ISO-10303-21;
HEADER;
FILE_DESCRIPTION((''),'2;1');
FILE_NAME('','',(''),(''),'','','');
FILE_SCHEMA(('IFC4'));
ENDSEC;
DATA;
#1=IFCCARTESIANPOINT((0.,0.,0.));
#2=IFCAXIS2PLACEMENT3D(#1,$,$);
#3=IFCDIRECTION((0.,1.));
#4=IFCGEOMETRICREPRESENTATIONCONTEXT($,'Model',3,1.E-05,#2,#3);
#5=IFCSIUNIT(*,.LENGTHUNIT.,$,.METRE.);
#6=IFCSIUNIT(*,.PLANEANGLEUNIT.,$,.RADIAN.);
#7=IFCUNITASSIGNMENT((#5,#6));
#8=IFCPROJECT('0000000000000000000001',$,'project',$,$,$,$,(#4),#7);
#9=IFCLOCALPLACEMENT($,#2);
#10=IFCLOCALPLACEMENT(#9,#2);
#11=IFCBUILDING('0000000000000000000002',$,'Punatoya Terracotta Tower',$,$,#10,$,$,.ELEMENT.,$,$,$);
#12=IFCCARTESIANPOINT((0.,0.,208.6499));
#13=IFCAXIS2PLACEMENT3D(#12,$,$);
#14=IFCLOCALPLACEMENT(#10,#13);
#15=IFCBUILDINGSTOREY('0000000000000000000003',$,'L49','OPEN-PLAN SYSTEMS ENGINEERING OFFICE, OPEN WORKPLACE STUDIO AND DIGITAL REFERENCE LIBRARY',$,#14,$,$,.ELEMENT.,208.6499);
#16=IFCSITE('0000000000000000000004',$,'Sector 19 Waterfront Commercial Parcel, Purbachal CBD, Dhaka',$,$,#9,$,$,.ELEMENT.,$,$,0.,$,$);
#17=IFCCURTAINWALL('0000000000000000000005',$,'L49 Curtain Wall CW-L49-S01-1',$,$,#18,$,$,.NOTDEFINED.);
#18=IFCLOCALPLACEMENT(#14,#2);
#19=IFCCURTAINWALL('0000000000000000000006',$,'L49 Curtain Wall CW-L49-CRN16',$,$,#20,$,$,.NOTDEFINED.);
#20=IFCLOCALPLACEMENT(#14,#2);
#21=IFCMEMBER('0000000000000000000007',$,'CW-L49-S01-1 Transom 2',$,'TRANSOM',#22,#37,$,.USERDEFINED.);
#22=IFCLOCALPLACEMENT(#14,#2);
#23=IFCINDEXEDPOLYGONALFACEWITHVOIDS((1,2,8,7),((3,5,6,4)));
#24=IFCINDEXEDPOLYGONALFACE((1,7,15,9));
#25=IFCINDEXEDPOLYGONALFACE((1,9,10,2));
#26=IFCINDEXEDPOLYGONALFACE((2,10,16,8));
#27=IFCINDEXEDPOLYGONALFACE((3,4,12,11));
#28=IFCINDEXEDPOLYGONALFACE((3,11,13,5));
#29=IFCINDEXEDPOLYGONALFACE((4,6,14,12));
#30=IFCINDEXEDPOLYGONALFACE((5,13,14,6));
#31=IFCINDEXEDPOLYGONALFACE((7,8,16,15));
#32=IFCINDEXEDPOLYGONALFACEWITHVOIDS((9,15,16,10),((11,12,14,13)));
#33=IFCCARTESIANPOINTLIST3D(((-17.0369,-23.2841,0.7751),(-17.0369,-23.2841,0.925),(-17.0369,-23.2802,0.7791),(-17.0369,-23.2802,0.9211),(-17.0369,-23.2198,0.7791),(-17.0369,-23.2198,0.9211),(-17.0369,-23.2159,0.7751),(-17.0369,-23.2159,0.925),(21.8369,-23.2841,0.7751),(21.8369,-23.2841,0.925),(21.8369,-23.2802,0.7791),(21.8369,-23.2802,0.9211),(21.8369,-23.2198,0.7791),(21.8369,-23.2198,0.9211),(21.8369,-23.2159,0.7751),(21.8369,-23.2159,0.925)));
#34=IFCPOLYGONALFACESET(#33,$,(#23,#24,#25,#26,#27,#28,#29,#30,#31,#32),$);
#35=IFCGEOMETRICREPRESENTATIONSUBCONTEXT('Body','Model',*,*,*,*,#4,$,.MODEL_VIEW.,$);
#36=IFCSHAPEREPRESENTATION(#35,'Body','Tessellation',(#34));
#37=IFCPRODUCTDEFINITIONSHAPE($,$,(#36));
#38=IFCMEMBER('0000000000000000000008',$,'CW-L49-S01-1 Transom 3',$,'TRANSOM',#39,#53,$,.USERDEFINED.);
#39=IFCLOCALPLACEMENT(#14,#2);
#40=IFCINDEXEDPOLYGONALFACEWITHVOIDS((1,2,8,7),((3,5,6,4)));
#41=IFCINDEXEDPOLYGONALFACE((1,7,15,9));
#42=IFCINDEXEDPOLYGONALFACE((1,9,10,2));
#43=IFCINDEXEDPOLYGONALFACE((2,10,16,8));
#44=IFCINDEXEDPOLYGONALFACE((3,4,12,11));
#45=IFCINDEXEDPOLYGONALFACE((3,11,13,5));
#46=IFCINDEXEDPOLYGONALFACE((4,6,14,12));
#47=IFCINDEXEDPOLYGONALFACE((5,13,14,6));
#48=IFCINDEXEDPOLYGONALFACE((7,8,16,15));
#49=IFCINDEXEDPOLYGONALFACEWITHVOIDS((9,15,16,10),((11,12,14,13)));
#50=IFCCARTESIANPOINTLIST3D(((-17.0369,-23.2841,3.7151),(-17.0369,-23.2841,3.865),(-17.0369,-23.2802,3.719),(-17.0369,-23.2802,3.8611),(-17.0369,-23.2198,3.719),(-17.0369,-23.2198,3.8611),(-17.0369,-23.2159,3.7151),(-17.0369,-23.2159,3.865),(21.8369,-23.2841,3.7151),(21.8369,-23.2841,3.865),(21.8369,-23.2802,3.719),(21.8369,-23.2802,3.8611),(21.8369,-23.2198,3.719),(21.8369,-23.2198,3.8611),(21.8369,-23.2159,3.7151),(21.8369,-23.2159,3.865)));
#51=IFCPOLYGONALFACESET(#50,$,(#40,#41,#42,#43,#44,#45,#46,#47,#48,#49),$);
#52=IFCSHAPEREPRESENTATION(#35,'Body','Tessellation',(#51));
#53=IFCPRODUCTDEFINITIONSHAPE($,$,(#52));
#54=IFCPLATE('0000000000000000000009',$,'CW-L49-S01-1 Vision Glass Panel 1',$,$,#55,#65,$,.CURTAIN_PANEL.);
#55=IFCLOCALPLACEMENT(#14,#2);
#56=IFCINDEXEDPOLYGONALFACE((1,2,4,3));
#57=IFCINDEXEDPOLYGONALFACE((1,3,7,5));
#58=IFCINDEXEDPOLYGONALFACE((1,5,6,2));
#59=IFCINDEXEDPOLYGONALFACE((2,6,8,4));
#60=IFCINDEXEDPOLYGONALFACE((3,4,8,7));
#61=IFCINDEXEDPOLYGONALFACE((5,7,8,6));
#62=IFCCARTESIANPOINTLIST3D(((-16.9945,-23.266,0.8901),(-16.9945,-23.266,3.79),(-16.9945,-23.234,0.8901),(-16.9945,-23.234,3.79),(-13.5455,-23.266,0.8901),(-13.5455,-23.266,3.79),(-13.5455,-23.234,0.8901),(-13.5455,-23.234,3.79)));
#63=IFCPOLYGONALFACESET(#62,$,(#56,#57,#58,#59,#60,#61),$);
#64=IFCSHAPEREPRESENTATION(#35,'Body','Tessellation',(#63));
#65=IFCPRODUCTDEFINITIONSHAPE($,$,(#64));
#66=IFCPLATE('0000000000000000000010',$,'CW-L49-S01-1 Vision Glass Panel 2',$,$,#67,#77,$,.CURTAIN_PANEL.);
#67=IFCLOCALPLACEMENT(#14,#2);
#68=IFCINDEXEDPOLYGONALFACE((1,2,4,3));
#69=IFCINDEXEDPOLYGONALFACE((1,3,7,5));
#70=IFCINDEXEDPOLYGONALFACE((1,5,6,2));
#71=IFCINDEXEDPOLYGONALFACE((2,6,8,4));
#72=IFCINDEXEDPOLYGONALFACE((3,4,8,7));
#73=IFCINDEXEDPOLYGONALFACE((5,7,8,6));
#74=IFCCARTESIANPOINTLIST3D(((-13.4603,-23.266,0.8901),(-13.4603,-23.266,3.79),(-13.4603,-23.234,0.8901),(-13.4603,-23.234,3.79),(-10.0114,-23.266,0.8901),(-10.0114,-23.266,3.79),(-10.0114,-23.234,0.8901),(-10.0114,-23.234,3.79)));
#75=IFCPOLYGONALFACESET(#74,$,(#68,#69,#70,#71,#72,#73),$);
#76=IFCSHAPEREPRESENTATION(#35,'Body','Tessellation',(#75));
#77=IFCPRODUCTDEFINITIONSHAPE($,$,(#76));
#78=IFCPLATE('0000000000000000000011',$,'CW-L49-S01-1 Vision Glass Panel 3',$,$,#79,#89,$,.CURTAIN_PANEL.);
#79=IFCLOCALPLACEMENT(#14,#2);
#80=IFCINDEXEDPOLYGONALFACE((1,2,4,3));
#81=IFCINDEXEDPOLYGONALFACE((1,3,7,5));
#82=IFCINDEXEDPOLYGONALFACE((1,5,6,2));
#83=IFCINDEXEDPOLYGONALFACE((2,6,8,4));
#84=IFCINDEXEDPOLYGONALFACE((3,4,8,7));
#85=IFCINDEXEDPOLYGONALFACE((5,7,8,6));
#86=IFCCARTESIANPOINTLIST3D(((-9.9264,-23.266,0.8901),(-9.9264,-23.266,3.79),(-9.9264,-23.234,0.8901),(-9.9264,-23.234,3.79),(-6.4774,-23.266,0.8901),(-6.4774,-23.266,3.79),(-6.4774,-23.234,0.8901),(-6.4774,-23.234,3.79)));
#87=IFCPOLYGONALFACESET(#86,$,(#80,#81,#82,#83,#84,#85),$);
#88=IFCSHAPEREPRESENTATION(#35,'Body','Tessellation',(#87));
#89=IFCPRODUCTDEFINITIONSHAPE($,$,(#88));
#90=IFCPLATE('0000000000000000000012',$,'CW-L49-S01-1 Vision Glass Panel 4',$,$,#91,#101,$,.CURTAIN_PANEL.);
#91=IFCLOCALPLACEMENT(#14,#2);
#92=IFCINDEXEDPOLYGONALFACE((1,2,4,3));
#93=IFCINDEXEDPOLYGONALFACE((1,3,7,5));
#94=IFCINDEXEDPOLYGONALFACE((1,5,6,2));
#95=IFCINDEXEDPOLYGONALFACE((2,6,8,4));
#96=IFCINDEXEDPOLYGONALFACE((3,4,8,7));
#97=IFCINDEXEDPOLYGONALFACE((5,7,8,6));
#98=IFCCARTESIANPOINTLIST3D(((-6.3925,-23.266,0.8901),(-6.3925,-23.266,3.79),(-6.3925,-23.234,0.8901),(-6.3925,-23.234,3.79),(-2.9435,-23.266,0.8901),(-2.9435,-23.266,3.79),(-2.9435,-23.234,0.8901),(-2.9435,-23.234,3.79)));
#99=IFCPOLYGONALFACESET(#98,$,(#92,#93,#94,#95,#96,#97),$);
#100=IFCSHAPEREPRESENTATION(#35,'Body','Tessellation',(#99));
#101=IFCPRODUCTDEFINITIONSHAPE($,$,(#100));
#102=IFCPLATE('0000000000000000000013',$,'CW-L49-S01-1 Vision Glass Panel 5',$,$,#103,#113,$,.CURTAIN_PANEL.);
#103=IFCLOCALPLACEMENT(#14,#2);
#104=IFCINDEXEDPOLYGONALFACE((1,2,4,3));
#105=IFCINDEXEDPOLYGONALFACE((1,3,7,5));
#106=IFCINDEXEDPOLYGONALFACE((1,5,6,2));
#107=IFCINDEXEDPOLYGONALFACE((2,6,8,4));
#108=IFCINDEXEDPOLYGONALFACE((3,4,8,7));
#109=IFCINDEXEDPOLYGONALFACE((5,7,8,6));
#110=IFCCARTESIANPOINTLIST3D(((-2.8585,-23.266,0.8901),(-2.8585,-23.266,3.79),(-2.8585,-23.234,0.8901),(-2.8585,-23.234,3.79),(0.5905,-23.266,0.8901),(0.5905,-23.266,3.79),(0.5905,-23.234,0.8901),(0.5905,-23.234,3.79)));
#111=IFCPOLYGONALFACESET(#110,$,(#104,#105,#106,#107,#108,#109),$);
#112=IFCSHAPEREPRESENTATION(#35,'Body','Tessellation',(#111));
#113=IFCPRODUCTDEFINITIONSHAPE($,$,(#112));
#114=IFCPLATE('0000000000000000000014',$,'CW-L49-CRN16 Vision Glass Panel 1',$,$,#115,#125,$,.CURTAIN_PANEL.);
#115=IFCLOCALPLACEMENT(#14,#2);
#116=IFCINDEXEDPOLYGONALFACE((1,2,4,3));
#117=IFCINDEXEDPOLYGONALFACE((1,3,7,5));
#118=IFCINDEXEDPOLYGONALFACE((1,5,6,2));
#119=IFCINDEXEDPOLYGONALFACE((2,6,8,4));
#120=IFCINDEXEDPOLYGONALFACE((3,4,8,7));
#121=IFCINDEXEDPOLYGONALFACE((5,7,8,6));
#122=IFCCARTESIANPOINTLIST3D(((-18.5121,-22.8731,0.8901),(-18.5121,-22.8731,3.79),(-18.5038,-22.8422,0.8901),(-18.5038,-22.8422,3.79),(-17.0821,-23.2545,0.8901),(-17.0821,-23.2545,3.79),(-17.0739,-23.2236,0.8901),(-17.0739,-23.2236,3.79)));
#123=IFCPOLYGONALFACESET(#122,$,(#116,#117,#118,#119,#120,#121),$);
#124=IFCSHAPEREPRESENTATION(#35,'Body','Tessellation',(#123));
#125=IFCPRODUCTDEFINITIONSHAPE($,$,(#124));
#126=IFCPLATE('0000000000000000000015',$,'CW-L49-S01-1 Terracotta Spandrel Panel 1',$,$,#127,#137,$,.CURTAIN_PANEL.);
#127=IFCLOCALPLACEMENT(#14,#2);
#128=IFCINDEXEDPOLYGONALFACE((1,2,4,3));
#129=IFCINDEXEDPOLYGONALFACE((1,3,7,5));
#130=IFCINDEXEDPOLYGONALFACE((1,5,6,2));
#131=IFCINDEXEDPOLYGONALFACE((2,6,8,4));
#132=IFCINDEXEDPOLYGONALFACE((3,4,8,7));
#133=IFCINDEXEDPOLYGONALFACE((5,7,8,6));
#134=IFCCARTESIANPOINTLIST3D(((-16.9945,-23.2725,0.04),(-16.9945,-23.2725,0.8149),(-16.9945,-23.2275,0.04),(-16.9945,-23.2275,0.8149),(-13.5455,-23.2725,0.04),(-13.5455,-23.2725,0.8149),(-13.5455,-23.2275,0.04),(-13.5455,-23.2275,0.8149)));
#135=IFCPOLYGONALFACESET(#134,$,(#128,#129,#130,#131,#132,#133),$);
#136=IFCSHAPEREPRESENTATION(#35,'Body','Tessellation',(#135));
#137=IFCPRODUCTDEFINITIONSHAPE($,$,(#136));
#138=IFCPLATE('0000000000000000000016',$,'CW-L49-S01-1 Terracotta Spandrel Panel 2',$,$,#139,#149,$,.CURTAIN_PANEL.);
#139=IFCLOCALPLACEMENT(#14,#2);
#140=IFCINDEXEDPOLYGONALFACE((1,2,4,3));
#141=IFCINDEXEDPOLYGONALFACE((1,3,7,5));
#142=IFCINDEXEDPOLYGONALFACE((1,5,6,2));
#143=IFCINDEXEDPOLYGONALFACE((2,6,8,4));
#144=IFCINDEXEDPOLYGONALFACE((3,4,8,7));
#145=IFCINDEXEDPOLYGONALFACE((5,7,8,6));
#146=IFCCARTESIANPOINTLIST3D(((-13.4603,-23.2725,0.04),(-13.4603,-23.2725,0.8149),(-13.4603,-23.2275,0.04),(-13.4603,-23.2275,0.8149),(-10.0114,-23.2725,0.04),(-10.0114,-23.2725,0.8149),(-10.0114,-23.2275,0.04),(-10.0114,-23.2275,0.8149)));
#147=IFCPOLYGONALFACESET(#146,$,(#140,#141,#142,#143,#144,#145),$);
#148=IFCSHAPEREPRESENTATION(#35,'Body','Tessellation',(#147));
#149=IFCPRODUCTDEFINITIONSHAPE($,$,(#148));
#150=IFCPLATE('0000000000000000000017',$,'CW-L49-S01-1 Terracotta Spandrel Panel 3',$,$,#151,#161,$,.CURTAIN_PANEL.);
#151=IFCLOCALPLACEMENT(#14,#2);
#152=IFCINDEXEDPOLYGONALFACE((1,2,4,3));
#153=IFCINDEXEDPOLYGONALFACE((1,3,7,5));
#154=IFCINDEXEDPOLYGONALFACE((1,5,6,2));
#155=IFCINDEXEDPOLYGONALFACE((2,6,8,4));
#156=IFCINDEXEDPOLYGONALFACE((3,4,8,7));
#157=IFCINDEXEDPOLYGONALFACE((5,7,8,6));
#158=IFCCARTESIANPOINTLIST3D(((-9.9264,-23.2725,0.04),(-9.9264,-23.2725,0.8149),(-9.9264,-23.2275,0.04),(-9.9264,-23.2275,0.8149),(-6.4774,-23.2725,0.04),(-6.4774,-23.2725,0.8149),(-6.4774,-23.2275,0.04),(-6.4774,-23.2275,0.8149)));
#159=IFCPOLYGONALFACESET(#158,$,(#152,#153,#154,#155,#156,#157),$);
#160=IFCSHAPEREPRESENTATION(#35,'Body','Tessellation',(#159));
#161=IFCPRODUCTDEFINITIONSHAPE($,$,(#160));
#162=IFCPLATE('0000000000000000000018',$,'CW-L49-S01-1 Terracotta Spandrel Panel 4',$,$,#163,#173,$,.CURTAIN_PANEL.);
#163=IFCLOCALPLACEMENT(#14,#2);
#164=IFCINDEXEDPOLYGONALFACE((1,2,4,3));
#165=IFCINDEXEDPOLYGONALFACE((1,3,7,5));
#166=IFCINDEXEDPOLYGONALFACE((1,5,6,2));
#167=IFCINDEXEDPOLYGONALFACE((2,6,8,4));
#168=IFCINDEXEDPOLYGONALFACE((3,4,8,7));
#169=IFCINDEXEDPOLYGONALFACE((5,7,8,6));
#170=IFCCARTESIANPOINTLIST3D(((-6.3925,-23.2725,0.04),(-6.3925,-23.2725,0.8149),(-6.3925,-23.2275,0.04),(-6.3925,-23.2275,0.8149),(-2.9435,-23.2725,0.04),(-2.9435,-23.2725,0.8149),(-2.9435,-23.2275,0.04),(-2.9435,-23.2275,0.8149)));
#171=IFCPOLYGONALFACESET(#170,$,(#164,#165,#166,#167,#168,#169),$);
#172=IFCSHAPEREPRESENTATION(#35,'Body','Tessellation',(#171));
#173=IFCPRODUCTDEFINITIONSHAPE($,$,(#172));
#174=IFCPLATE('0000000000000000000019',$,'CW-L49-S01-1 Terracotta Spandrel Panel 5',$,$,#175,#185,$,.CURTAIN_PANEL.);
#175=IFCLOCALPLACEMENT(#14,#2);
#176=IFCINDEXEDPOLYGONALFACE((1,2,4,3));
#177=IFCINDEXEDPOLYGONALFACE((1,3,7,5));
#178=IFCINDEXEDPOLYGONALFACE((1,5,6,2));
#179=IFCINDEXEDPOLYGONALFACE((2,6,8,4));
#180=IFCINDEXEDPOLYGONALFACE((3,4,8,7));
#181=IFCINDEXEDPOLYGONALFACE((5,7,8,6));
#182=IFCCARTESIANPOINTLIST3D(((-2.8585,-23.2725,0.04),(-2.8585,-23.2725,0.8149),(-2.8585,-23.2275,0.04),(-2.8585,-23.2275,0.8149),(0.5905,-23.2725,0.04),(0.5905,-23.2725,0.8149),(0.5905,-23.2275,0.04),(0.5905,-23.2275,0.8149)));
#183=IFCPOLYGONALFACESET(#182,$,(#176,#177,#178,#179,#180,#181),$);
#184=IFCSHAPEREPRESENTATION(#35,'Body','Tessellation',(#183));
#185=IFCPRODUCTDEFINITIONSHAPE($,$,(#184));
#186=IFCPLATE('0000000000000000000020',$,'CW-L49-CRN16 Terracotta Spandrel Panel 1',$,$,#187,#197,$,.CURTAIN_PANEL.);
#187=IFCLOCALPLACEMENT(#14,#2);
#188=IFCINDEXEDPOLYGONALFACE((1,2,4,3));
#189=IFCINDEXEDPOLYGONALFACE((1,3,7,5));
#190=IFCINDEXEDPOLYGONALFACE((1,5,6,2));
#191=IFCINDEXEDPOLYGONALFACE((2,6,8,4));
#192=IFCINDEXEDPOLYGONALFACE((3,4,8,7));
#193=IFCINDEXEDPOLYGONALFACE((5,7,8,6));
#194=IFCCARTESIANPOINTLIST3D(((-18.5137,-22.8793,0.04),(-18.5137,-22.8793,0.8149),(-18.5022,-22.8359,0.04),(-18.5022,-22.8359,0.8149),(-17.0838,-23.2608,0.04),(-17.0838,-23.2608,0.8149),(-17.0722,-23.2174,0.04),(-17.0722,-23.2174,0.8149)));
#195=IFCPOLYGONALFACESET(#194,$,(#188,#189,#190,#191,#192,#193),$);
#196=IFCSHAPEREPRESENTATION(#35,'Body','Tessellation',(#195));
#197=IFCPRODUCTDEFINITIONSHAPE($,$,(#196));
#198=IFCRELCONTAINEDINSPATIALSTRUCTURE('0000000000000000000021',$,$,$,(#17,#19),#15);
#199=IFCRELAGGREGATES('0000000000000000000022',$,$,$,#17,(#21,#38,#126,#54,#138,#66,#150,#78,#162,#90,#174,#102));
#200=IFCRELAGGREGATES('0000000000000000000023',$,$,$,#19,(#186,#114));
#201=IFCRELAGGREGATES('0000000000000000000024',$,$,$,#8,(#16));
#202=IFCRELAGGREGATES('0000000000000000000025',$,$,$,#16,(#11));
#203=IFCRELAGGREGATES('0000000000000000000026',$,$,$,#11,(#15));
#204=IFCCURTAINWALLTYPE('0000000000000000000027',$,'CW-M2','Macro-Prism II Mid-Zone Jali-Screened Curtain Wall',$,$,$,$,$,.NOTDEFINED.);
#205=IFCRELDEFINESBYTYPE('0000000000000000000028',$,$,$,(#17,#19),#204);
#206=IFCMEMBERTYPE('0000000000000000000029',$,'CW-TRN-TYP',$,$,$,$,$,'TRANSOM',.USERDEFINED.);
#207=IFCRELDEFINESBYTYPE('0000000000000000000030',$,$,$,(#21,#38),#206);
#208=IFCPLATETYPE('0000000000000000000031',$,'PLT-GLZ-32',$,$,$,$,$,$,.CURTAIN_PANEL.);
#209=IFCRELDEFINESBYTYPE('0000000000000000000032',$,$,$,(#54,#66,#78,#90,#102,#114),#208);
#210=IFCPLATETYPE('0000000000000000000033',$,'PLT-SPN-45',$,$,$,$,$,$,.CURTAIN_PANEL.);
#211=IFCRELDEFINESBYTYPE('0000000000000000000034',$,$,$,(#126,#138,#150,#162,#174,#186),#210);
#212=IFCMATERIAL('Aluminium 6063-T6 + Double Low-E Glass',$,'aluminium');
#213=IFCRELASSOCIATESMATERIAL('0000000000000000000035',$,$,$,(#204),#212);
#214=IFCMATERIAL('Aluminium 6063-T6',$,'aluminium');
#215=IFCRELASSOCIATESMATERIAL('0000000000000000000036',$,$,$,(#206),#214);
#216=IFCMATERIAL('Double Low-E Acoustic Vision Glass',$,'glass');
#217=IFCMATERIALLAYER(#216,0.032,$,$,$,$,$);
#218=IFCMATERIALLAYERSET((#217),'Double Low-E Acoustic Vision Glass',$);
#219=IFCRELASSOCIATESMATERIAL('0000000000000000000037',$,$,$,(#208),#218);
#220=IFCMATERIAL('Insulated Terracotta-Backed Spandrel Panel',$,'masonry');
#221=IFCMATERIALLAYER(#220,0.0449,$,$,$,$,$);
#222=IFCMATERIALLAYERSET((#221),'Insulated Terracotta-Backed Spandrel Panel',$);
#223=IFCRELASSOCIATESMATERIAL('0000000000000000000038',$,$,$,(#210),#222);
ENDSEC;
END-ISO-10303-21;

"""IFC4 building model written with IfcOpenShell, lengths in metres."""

from ifc_helpers import new_model, si_unit, direction, frame, origin, origin_2d, place, context, subcontext, project, spatial, rectangle, hollow_rectangle, extrude, material, layer, layer_set, material_profile, profile_set, type_object, element, aggregate, save


model = new_model("IFC4")

# Units and contexts
model_context = context("Model", 3, precision=1e-05, world=origin(), true_north=direction((0.0, 1.0)))
body_context = subcontext(model_context, "Body", "Model", "MODEL_VIEW")
ifc_project = project(units=[si_unit("LENGTHUNIT", "METRE"), si_unit("PLANEANGLEUNIT", "RADIAN")], contexts=[model_context])

# Site, building, storey
site_placement = place(None, origin())
site = spatial("IfcSite", under=ifc_project, at=site_placement, Name="Sector 19 Waterfront Commercial Parcel, Purbachal CBD, Dhaka", CompositionType="ELEMENT", RefElevation=0.0)
building_placement = place(site_placement, origin())
building = spatial("IfcBuilding", under=site, at=building_placement, Name="Punatoya Terracotta Tower", CompositionType="ELEMENT")
storey_placement = place(building_placement, frame((0.0, 0.0, 208.6499)))
storey = spatial("IfcBuildingStorey", under=building, at=storey_placement, Name="L49", Description="OPEN-PLAN SYSTEMS ENGINEERING OFFICE, OPEN WORKPLACE STUDIO AND DIGITAL REFERENCE LIBRARY", CompositionType="ELEMENT", Elevation=208.6499)

# Curtain walls
ifc_material_1 = material(Name="Aluminium 6063-T6 + Double Low-E Glass", Category="aluminium")
curtain_wall_type = type_object("IfcCurtainWallType", Name="CW-M2", Description="Macro-Prism II Mid-Zone Jali-Screened Curtain Wall", PredefinedType="NOTDEFINED", material=ifc_material_1)
curtain_wall_1_placement = place(storey_placement, origin())
curtain_wall_1 = element("IfcCurtainWall", 1, at=curtain_wall_1_placement, inside=storey, type_object=curtain_wall_type, Name="L49 Curtain Wall CW-L49-S01-1", PredefinedType="NOTDEFINED")
ifc_material_2 = material(Name="Aluminium 6063-T6", Category="aluminium")
curtain_wall_2_placement = place(storey_placement, origin())
curtain_wall_2 = element("IfcCurtainWall", 2, at=curtain_wall_2_placement, inside=storey, type_object=curtain_wall_type, Name="L49 Curtain Wall CW-L49-CRN16", PredefinedType="NOTDEFINED")

# Members
ifc_material_profile_1 = material_profile(ifc_material_2, hollow_rectangle(XDim=0.0681, YDim=0.1499, WallThickness=0.0039, at=origin_2d()))
ifc_profile_set_1 = profile_set([ifc_material_profile_1], Name="Aluminium 6063-T6")
member_type_1 = type_object("IfcMemberType", Name="CW-TRN-TYP", ElementType="TRANSOM", PredefinedType="USERDEFINED", material=ifc_profile_set_1)
member_1_placement = place(storey_placement, frame((-17.0369, -23.25, 0.8501), z_axis=(1.0, 0.0, 0.0), x_axis=(0.0, 1.0, 0.0)))
member_1 = element("IfcMember", 3, at=member_1_placement, type_object=member_type_1, Name="CW-L49-S01-1 Transom 2", ObjectType="TRANSOM", PredefinedType="USERDEFINED", context=body_context, shape_type="SweptSolid", body=[
    extrude(hollow_rectangle(XDim=0.0681, YDim=0.1499, WallThickness=0.0039, at=origin_2d()), origin(), (0.0, 0.0, 1.0), 38.8738),
])
member_2_placement = place(storey_placement, frame((-17.0369, -23.25, 3.79), z_axis=(1.0, 0.0, 0.0), x_axis=(0.0, 1.0, 0.0)))
member_2 = element("IfcMember", 4, at=member_2_placement, type_object=member_type_1, Name="CW-L49-S01-1 Transom 3", ObjectType="TRANSOM", PredefinedType="USERDEFINED", context=body_context, shape_type="SweptSolid", body=[
    extrude(hollow_rectangle(XDim=0.0681, YDim=0.1499, WallThickness=0.0039, at=origin_2d()), origin(), (0.0, 0.0, 1.0), 38.8738),
])

# Plates
ifc_material_3 = material(Name="Double Low-E Acoustic Vision Glass", Category="glass")
ifc_layer_1 = layer(ifc_material_3, 0.032)
ifc_layer_set_1 = layer_set([ifc_layer_1], Name="Double Low-E Acoustic Vision Glass")
plate_type_1 = type_object("IfcPlateType", Name="PLT-GLZ-32", PredefinedType="CURTAIN_PANEL", material=ifc_layer_set_1)
plate_1_placement = place(storey_placement, frame((-15.27, -23.25, 0.8901), z_axis=(0.0, 0.0, 1.0), x_axis=(1.0, 0.0, 0.0)))
plate_1 = element("IfcPlate", 5, at=plate_1_placement, type_object=plate_type_1, Name="CW-L49-S01-1 Vision Glass Panel 1", PredefinedType="CURTAIN_PANEL", context=body_context, shape_type="SweptSolid", body=[
    extrude(rectangle(XDim=3.449, YDim=0.032, at=origin_2d()), origin(), (0.0, 0.0, 1.0), 2.8999),
])
plate_2_placement = place(storey_placement, frame((-11.7358, -23.25, 0.8901), z_axis=(0.0, 0.0, 1.0), x_axis=(1.0, 0.0, 0.0)))
plate_2 = element("IfcPlate", 6, at=plate_2_placement, type_object=plate_type_1, Name="CW-L49-S01-1 Vision Glass Panel 2", PredefinedType="CURTAIN_PANEL", context=body_context, shape_type="SweptSolid", body=[
    extrude(rectangle(XDim=3.449, YDim=0.032, at=origin_2d()), origin(), (0.0, 0.0, 1.0), 2.8999),
])
plate_3_placement = place(storey_placement, frame((-8.2019, -23.25, 0.8901), z_axis=(0.0, 0.0, 1.0), x_axis=(1.0, 0.0, 0.0)))
plate_3 = element("IfcPlate", 7, at=plate_3_placement, type_object=plate_type_1, Name="CW-L49-S01-1 Vision Glass Panel 3", PredefinedType="CURTAIN_PANEL", context=body_context, shape_type="SweptSolid", body=[
    extrude(rectangle(XDim=3.449, YDim=0.032, at=origin_2d()), origin(), (0.0, 0.0, 1.0), 2.8999),
])
plate_4_placement = place(storey_placement, frame((-4.668, -23.25, 0.8901), z_axis=(0.0, 0.0, 1.0), x_axis=(1.0, 0.0, 0.0)))
plate_4 = element("IfcPlate", 8, at=plate_4_placement, type_object=plate_type_1, Name="CW-L49-S01-1 Vision Glass Panel 4", PredefinedType="CURTAIN_PANEL", context=body_context, shape_type="SweptSolid", body=[
    extrude(rectangle(XDim=3.449, YDim=0.032, at=origin_2d()), origin(), (0.0, 0.0, 1.0), 2.8999),
])
plate_5_placement = place(storey_placement, frame((-1.134, -23.25, 0.8901), z_axis=(0.0, 0.0, 1.0), x_axis=(1.0, 0.0, 0.0)))
plate_5 = element("IfcPlate", 9, at=plate_5_placement, type_object=plate_type_1, Name="CW-L49-S01-1 Vision Glass Panel 5", PredefinedType="CURTAIN_PANEL", context=body_context, shape_type="SweptSolid", body=[
    extrude(rectangle(XDim=3.449, YDim=0.032, at=origin_2d()), origin(), (0.0, 0.0, 1.0), 2.8999),
])
plate_6_placement = place(storey_placement, frame((-17.793, -23.0483, 0.8901), z_axis=(0.0, 0.0, 1.0), x_axis=(0.966214, -0.257742, 0.0)))
plate_6 = element("IfcPlate", 10, at=plate_6_placement, type_object=plate_type_1, Name="CW-L49-CRN16 Vision Glass Panel 1", PredefinedType="CURTAIN_PANEL", context=body_context, shape_type="SweptSolid", body=[
    extrude(rectangle(XDim=1.48, YDim=0.032, at=origin_2d()), origin(), (0.0, 0.0, 1.0), 2.8999),
])
ifc_material_4 = material(Name="Insulated Terracotta-Backed Spandrel Panel", Category="masonry")
ifc_layer_2 = layer(ifc_material_4, 0.0449)
ifc_layer_set_2 = layer_set([ifc_layer_2], Name="Insulated Terracotta-Backed Spandrel Panel")
plate_type_2 = type_object("IfcPlateType", Name="PLT-SPN-45", PredefinedType="CURTAIN_PANEL", material=ifc_layer_set_2)
plate_7_placement = place(storey_placement, frame((-15.27, -23.25, 0.04), z_axis=(0.0, 0.0, 1.0), x_axis=(1.0, 0.0, 0.0)))
plate_7 = element("IfcPlate", 11, at=plate_7_placement, type_object=plate_type_2, Name="CW-L49-S01-1 Terracotta Spandrel Panel 1", PredefinedType="CURTAIN_PANEL", context=body_context, shape_type="SweptSolid", body=[
    extrude(rectangle(XDim=3.449, YDim=0.0449, at=origin_2d()), origin(), (0.0, 0.0, 1.0), 0.7749),
])
plate_8_placement = place(storey_placement, frame((-11.7358, -23.25, 0.04), z_axis=(0.0, 0.0, 1.0), x_axis=(1.0, 0.0, 0.0)))
plate_8 = element("IfcPlate", 12, at=plate_8_placement, type_object=plate_type_2, Name="CW-L49-S01-1 Terracotta Spandrel Panel 2", PredefinedType="CURTAIN_PANEL", context=body_context, shape_type="SweptSolid", body=[
    extrude(rectangle(XDim=3.449, YDim=0.0449, at=origin_2d()), origin(), (0.0, 0.0, 1.0), 0.7749),
])
plate_9_placement = place(storey_placement, frame((-8.2019, -23.25, 0.04), z_axis=(0.0, 0.0, 1.0), x_axis=(1.0, 0.0, 0.0)))
plate_9 = element("IfcPlate", 13, at=plate_9_placement, type_object=plate_type_2, Name="CW-L49-S01-1 Terracotta Spandrel Panel 3", PredefinedType="CURTAIN_PANEL", context=body_context, shape_type="SweptSolid", body=[
    extrude(rectangle(XDim=3.449, YDim=0.0449, at=origin_2d()), origin(), (0.0, 0.0, 1.0), 0.7749),
])
plate_10_placement = place(storey_placement, frame((-4.668, -23.25, 0.04), z_axis=(0.0, 0.0, 1.0), x_axis=(1.0, 0.0, 0.0)))
plate_10 = element("IfcPlate", 14, at=plate_10_placement, type_object=plate_type_2, Name="CW-L49-S01-1 Terracotta Spandrel Panel 4", PredefinedType="CURTAIN_PANEL", context=body_context, shape_type="SweptSolid", body=[
    extrude(rectangle(XDim=3.449, YDim=0.0449, at=origin_2d()), origin(), (0.0, 0.0, 1.0), 0.7749),
])
plate_11_placement = place(storey_placement, frame((-1.134, -23.25, 0.04), z_axis=(0.0, 0.0, 1.0), x_axis=(1.0, 0.0, 0.0)))
plate_11 = element("IfcPlate", 15, at=plate_11_placement, type_object=plate_type_2, Name="CW-L49-S01-1 Terracotta Spandrel Panel 5", PredefinedType="CURTAIN_PANEL", context=body_context, shape_type="SweptSolid", body=[
    extrude(rectangle(XDim=3.449, YDim=0.0449, at=origin_2d()), origin(), (0.0, 0.0, 1.0), 0.7749),
])
aggregate(curtain_wall_1, [member_1, member_2, plate_7, plate_1, plate_8, plate_2, plate_9, plate_3, plate_10, plate_4, plate_11, plate_5])
plate_12_placement = place(storey_placement, frame((-17.793, -23.0483, 0.04), z_axis=(0.0, 0.0, 1.0), x_axis=(0.966214, -0.257742, 0.0)))
plate_12 = element("IfcPlate", 16, at=plate_12_placement, type_object=plate_type_2, Name="CW-L49-CRN16 Terracotta Spandrel Panel 1", PredefinedType="CURTAIN_PANEL", context=body_context, shape_type="SweptSolid", body=[
    extrude(rectangle(XDim=1.48, YDim=0.0449, at=origin_2d()), origin(), (0.0, 0.0, 1.0), 0.7749),
])
aggregate(curtain_wall_2, [plate_12, plate_6])

save(model, "model.ifc")
